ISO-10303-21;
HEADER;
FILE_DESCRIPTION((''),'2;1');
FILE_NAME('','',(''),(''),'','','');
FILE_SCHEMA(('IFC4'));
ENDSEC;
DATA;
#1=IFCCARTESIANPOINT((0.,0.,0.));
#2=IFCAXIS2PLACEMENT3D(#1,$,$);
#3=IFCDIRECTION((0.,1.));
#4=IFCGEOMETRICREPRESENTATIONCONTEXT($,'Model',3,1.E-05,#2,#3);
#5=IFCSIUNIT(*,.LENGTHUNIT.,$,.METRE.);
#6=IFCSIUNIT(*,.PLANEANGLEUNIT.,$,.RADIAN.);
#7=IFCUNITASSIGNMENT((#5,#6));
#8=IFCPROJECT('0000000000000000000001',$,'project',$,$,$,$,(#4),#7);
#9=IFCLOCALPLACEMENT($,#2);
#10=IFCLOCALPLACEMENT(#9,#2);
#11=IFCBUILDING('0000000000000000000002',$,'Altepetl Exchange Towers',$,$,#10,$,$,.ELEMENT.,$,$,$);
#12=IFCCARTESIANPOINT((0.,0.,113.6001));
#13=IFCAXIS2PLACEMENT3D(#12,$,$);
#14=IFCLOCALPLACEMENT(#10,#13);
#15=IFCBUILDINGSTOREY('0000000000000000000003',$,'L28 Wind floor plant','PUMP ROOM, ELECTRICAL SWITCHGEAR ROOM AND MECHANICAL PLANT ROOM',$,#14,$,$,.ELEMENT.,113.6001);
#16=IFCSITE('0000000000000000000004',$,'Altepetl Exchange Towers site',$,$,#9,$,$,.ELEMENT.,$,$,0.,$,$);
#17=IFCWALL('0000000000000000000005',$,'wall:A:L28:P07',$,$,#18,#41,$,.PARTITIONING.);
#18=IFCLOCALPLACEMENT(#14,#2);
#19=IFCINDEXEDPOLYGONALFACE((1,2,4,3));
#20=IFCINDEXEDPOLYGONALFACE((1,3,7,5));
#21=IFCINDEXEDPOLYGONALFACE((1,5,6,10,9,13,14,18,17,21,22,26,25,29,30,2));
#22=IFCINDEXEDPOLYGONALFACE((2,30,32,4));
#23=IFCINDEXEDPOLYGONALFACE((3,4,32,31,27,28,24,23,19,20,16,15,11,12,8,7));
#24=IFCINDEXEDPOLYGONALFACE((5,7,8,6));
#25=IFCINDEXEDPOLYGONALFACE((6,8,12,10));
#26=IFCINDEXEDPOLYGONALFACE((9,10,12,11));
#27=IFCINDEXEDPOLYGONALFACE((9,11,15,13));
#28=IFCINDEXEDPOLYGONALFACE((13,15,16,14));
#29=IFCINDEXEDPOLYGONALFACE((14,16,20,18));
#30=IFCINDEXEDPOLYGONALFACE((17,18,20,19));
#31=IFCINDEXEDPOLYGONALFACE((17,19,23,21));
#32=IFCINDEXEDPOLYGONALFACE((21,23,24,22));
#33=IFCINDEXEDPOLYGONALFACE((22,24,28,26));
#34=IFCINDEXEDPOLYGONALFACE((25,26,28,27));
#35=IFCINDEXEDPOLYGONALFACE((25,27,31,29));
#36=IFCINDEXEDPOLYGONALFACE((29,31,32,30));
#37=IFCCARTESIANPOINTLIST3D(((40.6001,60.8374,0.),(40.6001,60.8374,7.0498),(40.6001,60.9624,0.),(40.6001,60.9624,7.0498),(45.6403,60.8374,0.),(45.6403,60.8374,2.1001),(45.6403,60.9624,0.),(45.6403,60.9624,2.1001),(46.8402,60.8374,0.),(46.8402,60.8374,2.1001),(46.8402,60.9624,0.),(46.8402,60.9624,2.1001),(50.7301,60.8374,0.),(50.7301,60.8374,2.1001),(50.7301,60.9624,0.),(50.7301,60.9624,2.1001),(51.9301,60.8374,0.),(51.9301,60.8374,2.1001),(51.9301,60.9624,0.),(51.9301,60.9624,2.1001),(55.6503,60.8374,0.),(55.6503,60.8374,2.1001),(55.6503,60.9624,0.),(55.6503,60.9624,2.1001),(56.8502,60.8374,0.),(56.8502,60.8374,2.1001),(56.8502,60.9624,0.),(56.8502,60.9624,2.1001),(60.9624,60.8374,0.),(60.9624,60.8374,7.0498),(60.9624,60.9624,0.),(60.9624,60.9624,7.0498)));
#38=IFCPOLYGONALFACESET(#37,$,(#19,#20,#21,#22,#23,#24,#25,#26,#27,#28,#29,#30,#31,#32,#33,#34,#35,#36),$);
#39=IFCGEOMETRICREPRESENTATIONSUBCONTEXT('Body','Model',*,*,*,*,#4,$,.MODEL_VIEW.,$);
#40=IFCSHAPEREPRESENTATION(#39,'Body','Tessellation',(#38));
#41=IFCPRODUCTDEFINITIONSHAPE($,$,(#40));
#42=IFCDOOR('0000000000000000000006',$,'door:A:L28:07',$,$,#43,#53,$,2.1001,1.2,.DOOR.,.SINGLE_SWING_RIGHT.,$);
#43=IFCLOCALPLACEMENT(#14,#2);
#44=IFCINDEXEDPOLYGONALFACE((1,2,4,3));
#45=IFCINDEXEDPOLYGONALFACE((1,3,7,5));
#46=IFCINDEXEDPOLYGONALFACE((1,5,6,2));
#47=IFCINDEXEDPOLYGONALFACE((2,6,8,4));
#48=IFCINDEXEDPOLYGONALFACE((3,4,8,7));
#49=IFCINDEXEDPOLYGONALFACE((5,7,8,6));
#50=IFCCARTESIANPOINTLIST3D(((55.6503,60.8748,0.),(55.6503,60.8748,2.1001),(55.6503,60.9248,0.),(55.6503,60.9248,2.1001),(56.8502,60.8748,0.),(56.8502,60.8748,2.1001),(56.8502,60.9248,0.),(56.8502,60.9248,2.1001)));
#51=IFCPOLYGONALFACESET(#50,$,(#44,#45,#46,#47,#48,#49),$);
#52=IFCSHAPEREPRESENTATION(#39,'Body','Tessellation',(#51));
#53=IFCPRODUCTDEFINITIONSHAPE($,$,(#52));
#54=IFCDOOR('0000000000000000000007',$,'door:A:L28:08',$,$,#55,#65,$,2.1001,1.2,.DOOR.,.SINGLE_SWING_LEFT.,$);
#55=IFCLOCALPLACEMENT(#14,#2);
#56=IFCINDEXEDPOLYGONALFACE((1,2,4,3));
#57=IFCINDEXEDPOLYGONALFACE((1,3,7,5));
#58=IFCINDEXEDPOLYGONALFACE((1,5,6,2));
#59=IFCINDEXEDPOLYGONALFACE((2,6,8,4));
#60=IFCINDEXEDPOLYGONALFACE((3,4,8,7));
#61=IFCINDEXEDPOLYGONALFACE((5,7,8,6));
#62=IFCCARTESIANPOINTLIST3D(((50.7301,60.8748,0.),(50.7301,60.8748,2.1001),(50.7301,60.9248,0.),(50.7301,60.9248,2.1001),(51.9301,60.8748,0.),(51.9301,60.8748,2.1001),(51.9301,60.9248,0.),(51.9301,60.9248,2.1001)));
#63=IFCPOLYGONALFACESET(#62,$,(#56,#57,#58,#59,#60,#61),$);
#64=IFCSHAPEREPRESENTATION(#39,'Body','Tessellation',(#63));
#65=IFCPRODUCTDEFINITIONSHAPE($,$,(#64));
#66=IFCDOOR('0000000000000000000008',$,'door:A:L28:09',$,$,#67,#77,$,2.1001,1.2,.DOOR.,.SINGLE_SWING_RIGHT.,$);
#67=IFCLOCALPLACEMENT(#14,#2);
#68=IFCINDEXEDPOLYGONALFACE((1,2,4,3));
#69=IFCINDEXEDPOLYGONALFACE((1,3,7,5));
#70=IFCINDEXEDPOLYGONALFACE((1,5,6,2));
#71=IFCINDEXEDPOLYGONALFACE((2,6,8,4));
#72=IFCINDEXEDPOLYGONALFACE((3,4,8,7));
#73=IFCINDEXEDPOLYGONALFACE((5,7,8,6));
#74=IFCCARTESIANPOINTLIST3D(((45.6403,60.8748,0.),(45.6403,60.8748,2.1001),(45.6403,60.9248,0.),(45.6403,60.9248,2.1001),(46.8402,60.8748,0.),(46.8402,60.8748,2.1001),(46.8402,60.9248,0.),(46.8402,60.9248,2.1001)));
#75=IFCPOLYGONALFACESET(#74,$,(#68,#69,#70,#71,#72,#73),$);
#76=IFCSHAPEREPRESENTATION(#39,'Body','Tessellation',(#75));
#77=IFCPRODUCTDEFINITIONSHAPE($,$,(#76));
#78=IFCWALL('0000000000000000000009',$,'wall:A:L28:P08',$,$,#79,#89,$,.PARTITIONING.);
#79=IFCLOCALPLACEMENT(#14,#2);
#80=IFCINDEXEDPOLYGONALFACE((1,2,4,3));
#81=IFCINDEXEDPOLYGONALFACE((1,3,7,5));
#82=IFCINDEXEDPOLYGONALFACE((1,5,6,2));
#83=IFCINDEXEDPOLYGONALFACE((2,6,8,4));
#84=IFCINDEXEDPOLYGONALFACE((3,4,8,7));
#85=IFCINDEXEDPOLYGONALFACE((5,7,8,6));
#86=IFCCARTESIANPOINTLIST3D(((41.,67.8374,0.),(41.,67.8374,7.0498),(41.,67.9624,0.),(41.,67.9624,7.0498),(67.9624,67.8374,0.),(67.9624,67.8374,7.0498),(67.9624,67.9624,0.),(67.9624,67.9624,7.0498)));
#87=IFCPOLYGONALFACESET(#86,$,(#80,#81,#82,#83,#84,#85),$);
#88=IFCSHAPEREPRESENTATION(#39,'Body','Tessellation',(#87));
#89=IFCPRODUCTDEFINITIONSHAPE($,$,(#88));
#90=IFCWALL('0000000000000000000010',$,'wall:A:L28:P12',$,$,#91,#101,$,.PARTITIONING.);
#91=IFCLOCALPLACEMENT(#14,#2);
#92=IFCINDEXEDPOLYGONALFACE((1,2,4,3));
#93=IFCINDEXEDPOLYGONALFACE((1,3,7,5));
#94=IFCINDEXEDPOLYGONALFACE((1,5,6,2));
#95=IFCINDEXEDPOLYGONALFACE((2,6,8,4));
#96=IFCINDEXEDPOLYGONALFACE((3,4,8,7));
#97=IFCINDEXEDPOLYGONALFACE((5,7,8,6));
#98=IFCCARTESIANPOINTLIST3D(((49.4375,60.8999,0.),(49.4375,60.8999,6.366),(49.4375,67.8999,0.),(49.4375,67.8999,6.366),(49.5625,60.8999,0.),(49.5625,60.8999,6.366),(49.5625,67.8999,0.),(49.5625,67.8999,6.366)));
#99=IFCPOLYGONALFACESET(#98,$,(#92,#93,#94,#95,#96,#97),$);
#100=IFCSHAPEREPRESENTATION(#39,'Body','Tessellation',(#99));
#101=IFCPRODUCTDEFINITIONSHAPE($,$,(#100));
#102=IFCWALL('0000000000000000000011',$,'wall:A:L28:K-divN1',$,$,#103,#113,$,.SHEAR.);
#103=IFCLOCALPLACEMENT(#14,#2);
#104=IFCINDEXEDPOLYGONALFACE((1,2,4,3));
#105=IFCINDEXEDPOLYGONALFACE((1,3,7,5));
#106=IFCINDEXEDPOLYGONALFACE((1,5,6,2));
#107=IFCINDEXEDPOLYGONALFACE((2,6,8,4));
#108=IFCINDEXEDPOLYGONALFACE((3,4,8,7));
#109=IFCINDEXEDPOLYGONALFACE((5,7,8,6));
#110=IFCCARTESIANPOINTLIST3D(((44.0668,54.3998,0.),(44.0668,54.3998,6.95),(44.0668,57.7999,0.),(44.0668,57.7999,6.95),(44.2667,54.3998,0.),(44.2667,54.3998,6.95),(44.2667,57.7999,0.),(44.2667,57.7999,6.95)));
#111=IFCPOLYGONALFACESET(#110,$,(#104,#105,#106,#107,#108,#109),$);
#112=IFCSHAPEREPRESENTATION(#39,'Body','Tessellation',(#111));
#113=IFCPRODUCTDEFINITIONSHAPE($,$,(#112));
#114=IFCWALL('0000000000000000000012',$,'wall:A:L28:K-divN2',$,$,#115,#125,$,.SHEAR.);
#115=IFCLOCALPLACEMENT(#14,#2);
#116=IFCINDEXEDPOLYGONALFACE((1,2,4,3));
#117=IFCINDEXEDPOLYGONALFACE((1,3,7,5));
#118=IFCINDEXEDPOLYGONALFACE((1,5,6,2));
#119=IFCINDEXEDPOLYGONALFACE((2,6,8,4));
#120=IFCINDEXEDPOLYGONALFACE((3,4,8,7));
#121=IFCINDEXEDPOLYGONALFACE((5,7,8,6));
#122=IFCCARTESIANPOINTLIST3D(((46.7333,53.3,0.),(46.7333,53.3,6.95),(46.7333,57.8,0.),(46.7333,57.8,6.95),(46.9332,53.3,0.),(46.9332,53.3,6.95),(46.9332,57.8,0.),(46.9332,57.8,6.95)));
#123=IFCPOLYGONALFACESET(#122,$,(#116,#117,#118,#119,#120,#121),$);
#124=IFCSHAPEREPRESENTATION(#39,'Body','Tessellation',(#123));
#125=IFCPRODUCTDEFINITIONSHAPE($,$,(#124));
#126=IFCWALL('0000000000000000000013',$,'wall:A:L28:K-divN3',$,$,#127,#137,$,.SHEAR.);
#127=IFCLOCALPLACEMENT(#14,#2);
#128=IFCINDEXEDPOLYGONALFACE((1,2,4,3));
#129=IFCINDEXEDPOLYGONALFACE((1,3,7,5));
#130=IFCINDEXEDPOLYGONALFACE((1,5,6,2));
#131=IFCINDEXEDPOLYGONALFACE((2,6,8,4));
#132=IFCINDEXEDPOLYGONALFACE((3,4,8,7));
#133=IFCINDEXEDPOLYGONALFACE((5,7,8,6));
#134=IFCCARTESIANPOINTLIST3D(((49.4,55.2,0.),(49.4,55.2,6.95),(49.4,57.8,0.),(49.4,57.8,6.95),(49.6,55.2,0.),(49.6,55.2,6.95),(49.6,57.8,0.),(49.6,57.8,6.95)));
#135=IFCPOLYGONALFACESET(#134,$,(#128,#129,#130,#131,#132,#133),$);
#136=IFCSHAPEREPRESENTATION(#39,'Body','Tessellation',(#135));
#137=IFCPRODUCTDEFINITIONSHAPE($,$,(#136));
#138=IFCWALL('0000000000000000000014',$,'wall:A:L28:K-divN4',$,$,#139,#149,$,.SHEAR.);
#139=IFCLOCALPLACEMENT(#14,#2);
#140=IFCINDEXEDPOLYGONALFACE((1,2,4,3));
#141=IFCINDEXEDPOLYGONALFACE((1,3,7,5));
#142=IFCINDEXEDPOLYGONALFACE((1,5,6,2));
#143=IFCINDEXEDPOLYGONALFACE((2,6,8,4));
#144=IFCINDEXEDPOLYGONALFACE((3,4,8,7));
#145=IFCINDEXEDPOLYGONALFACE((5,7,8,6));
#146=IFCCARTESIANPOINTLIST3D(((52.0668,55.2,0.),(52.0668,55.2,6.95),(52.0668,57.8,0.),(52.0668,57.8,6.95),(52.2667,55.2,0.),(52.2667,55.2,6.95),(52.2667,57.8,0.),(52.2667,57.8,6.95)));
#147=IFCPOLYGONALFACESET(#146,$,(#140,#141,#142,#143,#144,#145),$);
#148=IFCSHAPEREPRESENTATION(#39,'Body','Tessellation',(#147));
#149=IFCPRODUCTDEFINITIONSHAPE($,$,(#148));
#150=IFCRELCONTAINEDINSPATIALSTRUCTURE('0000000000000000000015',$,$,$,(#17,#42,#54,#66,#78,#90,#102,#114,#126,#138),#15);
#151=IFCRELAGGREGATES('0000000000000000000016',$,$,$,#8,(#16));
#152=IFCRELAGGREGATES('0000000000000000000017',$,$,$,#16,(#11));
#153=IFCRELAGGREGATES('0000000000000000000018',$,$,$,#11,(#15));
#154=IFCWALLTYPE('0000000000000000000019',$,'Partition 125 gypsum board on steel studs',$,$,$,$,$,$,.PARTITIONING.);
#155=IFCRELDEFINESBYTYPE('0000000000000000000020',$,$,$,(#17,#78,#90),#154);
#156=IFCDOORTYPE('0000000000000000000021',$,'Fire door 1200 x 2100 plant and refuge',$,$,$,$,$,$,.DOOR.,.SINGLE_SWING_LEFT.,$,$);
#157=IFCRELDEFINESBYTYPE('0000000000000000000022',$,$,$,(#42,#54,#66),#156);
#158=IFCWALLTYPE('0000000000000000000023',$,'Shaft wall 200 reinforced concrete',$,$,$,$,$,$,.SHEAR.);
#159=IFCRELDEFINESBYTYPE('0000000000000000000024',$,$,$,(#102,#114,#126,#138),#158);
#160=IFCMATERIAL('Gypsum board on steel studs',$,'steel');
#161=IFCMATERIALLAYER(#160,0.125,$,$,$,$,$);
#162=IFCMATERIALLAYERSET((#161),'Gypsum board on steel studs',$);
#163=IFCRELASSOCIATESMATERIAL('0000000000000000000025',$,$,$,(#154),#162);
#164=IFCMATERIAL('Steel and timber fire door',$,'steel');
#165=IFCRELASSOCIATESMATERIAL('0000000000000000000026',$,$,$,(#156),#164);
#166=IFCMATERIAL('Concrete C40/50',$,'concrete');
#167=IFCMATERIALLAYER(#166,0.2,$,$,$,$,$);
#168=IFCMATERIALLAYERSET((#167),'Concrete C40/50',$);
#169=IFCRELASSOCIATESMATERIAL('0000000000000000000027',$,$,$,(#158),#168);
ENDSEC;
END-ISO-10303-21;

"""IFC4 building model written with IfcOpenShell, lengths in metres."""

from ifc_helpers import new_model, si_unit, direction, frame, frame_2d, origin, place, context, subcontext, project, spatial, rectangle, extrude, material, layer, layer_set, type_object, element, fill, save


model = new_model("IFC4")

# Units and contexts
model_context = context("Model", 3, precision=1e-05, world=origin(), true_north=direction((0.0, 1.0)))
body_context = subcontext(model_context, "Body", "Model", "MODEL_VIEW")
ifc_project = project(units=[si_unit("LENGTHUNIT", "METRE"), si_unit("PLANEANGLEUNIT", "RADIAN")], contexts=[model_context])

# Site, building, storey
site_placement = place(None, origin())
site = spatial("IfcSite", under=ifc_project, at=site_placement, Name="Altepetl Exchange Towers site", CompositionType="ELEMENT", RefElevation=0.0)
building_placement = place(site_placement, origin())
building = spatial("IfcBuilding", under=site, at=building_placement, Name="Altepetl Exchange Towers", CompositionType="ELEMENT")
storey_placement = place(building_placement, frame((0.0, 0.0, 113.6001)))
storey = spatial("IfcBuildingStorey", under=building, at=storey_placement, Name="L28 Wind floor plant", Description="PUMP ROOM, ELECTRICAL SWITCHGEAR ROOM AND MECHANICAL PLANT ROOM", CompositionType="ELEMENT", Elevation=113.6001)

# Wall, openings, doors
ifc_material_1 = material(Name="Gypsum board on steel studs", Category="steel")
ifc_layer_1 = layer(ifc_material_1, 0.125)
ifc_layer_set_1 = layer_set([ifc_layer_1], Name="Gypsum board on steel studs")
wall_type_1 = type_object("IfcWallType", Name="Partition 125 gypsum board on steel studs", PredefinedType="PARTITIONING", material=ifc_layer_set_1)
wall_1_placement = place(storey_placement, frame((40.6001, 60.8999, 0.0)))
wall_1 = element("IfcWall", 1, at=wall_1_placement, inside=storey, type_object=wall_type_1, Name="wall:A:L28:P07", PredefinedType="PARTITIONING", context=body_context, shape_type="SweptSolid", body=[
    extrude(rectangle(XDim=20.3623, YDim=0.125, at=frame_2d((10.1812, 0.0))), origin(), (0.0, 0.0, 1.0), 7.0498),
])
opening_1_placement = place(wall_1_placement, frame((15.05, 0.0, 0.0)))
opening_1 = element("IfcOpeningElement", 2, at=opening_1_placement, cuts=wall_1, PredefinedType="OPENING", context=body_context, shape_type="SweptSolid", body=[
    extrude(rectangle(XDim=1.2, YDim=2.1001, at=frame_2d((0.6001, 1.05))), frame((0.0, 0.0725, 0.0), z_axis=(0.0, -1.0, 0.0), x_axis=(1.0, 0.0, 0.0)), (0.0, 0.0, 1.0), 0.145),
])
opening_2_placement = place(wall_1_placement, frame((10.1299, 0.0, 0.0)))
opening_2 = element("IfcOpeningElement", 3, at=opening_2_placement, cuts=wall_1, PredefinedType="OPENING", context=body_context, shape_type="SweptSolid", body=[
    extrude(rectangle(XDim=1.2, YDim=2.1001, at=frame_2d((0.6001, 1.05))), frame((0.0, 0.0725, 0.0), z_axis=(0.0, -1.0, 0.0), x_axis=(1.0, 0.0, 0.0)), (0.0, 0.0, 1.0), 0.145),
])
opening_3_placement = place(wall_1_placement, frame((5.04, 0.0, 0.0)))
opening_3 = element("IfcOpeningElement", 4, at=opening_3_placement, cuts=wall_1, PredefinedType="OPENING", context=body_context, shape_type="SweptSolid", body=[
    extrude(rectangle(XDim=1.2, YDim=2.1001, at=frame_2d((0.6001, 1.05))), frame((0.0, 0.0725, 0.0), z_axis=(0.0, -1.0, 0.0), x_axis=(1.0, 0.0, 0.0)), (0.0, 0.0, 1.0), 0.145),
])
ifc_material_2 = material(Name="Steel and timber fire door", Category="steel")
door_type = type_object("IfcDoorType", Name="Fire door 1200 x 2100 plant and refuge", OperationType="SINGLE_SWING_LEFT", PredefinedType="DOOR", material=ifc_material_2)
door_1_placement = place(opening_1_placement, origin())
door_1 = element("IfcDoor", 5, at=door_1_placement, inside=storey, type_object=door_type, Name="door:A:L28:07", OperationType="SINGLE_SWING_RIGHT", OverallHeight=2.1001, OverallWidth=1.2, PredefinedType="DOOR", context=body_context, shape_type="SweptSolid", body=[
    extrude(rectangle(XDim=1.2, YDim=2.1001, at=frame_2d((0.6001, 1.05))), frame((0.0, 0.0249, 0.0), z_axis=(0.0, -1.0, 0.0), x_axis=(1.0, 0.0, 0.0)), (0.0, 0.0, 1.0), 0.05),
])
fill(opening_1, door_1)
door_2_placement = place(opening_2_placement, origin())
door_2 = element("IfcDoor", 6, at=door_2_placement, inside=storey, type_object=door_type, Name="door:A:L28:08", OperationType="SINGLE_SWING_LEFT", OverallHeight=2.1001, OverallWidth=1.2, PredefinedType="DOOR", context=body_context, shape_type="SweptSolid", body=[
    extrude(rectangle(XDim=1.2, YDim=2.1001, at=frame_2d((0.6001, 1.05))), frame((0.0, 0.0249, 0.0), z_axis=(0.0, -1.0, 0.0), x_axis=(1.0, 0.0, 0.0)), (0.0, 0.0, 1.0), 0.05),
])
fill(opening_2, door_2)
door_3_placement = place(opening_3_placement, origin())
door_3 = element("IfcDoor", 7, at=door_3_placement, inside=storey, type_object=door_type, Name="door:A:L28:09", OperationType="SINGLE_SWING_RIGHT", OverallHeight=2.1001, OverallWidth=1.2, PredefinedType="DOOR", context=body_context, shape_type="SweptSolid", body=[
    extrude(rectangle(XDim=1.2, YDim=2.1001, at=frame_2d((0.6001, 1.05))), frame((0.0, 0.0249, 0.0), z_axis=(0.0, -1.0, 0.0), x_axis=(1.0, 0.0, 0.0)), (0.0, 0.0, 1.0), 0.05),
])
fill(opening_3, door_3)

# Walls
wall_2_placement = place(storey_placement, frame((41.0, 67.8999, 0.0)))
element("IfcWall", 8, at=wall_2_placement, inside=storey, type_object=wall_type_1, Name="wall:A:L28:P08", PredefinedType="PARTITIONING", context=body_context, shape_type="SweptSolid", body=[
    extrude(rectangle(XDim=26.9624, YDim=0.125, at=frame_2d((13.4812, 0.0))), origin(), (0.0, 0.0, 1.0), 7.0498),
])
wall_3_placement = place(storey_placement, frame((49.5, 60.8999, 0.0), z_axis=(0.0, 0.0, 1.0), x_axis=(0.0, 1.0, 0.0)))
element("IfcWall", 9, at=wall_3_placement, inside=storey, type_object=wall_type_1, Name="wall:A:L28:P12", PredefinedType="PARTITIONING", context=body_context, shape_type="SweptSolid", body=[
    extrude(rectangle(XDim=7.0, YDim=0.125, at=frame_2d((3.5, 0.0))), origin(), (0.0, 0.0, 1.0), 6.366),
])
ifc_material_3 = material(Name="Concrete C40/50", Category="concrete")
ifc_layer_2 = layer(ifc_material_3, 0.2)
ifc_layer_set_2 = layer_set([ifc_layer_2], Name="Concrete C40/50")
wall_type_2 = type_object("IfcWallType", Name="Shaft wall 200 reinforced concrete", PredefinedType="SHEAR", material=ifc_layer_set_2)
wall_4_placement = place(storey_placement, frame((44.1667, 57.8, 0.0), z_axis=(0.0, 0.0, 1.0), x_axis=(0.0, -1.0, 0.0)))
element("IfcWall", 10, at=wall_4_placement, inside=storey, type_object=wall_type_2, Name="wall:A:L28:K-divN1", PredefinedType="SHEAR", context=body_context, shape_type="SweptSolid", body=[
    extrude(rectangle(XDim=3.4001, YDim=0.2, at=frame_2d((1.7002, 0.0))), origin(), (0.0, 0.0, 1.0), 6.95),
])
wall_5_placement = place(storey_placement, frame((46.8333, 57.8, 0.0), z_axis=(0.0, 0.0, 1.0), x_axis=(0.0, -1.0, 0.0)))
element("IfcWall", 11, at=wall_5_placement, inside=storey, type_object=wall_type_2, Name="wall:A:L28:K-divN2", PredefinedType="SHEAR", context=body_context, shape_type="SweptSolid", body=[
    extrude(rectangle(XDim=4.5, YDim=0.2, at=frame_2d((2.25, 0.0))), origin(), (0.0, 0.0, 1.0), 6.95),
])
for number, where, z_axis, x_axis, name in (
    (12, (49.5, 57.8, 0.0), (0.0, 0.0, 1.0), (0.0, -1.0, 0.0), "wall:A:L28:K-divN3"),
    (13, (52.1667, 57.8, 0.0), (0.0, 0.0, 1.0), (0.0, -1.0, 0.0), "wall:A:L28:K-divN4"),
):
    element("IfcWall", number, at=place(storey_placement, frame(where, z_axis=z_axis, x_axis=x_axis)), inside=storey, type_object=wall_type_2, Name=name, PredefinedType="SHEAR", context=body_context, shape_type="SweptSolid", body=[
        extrude(rectangle(XDim=2.6001, YDim=0.2, at=frame_2d((1.3, 0.0))), origin(), (0.0, 0.0, 1.0), 6.95),
    ])

save(model, "model.ifc")
